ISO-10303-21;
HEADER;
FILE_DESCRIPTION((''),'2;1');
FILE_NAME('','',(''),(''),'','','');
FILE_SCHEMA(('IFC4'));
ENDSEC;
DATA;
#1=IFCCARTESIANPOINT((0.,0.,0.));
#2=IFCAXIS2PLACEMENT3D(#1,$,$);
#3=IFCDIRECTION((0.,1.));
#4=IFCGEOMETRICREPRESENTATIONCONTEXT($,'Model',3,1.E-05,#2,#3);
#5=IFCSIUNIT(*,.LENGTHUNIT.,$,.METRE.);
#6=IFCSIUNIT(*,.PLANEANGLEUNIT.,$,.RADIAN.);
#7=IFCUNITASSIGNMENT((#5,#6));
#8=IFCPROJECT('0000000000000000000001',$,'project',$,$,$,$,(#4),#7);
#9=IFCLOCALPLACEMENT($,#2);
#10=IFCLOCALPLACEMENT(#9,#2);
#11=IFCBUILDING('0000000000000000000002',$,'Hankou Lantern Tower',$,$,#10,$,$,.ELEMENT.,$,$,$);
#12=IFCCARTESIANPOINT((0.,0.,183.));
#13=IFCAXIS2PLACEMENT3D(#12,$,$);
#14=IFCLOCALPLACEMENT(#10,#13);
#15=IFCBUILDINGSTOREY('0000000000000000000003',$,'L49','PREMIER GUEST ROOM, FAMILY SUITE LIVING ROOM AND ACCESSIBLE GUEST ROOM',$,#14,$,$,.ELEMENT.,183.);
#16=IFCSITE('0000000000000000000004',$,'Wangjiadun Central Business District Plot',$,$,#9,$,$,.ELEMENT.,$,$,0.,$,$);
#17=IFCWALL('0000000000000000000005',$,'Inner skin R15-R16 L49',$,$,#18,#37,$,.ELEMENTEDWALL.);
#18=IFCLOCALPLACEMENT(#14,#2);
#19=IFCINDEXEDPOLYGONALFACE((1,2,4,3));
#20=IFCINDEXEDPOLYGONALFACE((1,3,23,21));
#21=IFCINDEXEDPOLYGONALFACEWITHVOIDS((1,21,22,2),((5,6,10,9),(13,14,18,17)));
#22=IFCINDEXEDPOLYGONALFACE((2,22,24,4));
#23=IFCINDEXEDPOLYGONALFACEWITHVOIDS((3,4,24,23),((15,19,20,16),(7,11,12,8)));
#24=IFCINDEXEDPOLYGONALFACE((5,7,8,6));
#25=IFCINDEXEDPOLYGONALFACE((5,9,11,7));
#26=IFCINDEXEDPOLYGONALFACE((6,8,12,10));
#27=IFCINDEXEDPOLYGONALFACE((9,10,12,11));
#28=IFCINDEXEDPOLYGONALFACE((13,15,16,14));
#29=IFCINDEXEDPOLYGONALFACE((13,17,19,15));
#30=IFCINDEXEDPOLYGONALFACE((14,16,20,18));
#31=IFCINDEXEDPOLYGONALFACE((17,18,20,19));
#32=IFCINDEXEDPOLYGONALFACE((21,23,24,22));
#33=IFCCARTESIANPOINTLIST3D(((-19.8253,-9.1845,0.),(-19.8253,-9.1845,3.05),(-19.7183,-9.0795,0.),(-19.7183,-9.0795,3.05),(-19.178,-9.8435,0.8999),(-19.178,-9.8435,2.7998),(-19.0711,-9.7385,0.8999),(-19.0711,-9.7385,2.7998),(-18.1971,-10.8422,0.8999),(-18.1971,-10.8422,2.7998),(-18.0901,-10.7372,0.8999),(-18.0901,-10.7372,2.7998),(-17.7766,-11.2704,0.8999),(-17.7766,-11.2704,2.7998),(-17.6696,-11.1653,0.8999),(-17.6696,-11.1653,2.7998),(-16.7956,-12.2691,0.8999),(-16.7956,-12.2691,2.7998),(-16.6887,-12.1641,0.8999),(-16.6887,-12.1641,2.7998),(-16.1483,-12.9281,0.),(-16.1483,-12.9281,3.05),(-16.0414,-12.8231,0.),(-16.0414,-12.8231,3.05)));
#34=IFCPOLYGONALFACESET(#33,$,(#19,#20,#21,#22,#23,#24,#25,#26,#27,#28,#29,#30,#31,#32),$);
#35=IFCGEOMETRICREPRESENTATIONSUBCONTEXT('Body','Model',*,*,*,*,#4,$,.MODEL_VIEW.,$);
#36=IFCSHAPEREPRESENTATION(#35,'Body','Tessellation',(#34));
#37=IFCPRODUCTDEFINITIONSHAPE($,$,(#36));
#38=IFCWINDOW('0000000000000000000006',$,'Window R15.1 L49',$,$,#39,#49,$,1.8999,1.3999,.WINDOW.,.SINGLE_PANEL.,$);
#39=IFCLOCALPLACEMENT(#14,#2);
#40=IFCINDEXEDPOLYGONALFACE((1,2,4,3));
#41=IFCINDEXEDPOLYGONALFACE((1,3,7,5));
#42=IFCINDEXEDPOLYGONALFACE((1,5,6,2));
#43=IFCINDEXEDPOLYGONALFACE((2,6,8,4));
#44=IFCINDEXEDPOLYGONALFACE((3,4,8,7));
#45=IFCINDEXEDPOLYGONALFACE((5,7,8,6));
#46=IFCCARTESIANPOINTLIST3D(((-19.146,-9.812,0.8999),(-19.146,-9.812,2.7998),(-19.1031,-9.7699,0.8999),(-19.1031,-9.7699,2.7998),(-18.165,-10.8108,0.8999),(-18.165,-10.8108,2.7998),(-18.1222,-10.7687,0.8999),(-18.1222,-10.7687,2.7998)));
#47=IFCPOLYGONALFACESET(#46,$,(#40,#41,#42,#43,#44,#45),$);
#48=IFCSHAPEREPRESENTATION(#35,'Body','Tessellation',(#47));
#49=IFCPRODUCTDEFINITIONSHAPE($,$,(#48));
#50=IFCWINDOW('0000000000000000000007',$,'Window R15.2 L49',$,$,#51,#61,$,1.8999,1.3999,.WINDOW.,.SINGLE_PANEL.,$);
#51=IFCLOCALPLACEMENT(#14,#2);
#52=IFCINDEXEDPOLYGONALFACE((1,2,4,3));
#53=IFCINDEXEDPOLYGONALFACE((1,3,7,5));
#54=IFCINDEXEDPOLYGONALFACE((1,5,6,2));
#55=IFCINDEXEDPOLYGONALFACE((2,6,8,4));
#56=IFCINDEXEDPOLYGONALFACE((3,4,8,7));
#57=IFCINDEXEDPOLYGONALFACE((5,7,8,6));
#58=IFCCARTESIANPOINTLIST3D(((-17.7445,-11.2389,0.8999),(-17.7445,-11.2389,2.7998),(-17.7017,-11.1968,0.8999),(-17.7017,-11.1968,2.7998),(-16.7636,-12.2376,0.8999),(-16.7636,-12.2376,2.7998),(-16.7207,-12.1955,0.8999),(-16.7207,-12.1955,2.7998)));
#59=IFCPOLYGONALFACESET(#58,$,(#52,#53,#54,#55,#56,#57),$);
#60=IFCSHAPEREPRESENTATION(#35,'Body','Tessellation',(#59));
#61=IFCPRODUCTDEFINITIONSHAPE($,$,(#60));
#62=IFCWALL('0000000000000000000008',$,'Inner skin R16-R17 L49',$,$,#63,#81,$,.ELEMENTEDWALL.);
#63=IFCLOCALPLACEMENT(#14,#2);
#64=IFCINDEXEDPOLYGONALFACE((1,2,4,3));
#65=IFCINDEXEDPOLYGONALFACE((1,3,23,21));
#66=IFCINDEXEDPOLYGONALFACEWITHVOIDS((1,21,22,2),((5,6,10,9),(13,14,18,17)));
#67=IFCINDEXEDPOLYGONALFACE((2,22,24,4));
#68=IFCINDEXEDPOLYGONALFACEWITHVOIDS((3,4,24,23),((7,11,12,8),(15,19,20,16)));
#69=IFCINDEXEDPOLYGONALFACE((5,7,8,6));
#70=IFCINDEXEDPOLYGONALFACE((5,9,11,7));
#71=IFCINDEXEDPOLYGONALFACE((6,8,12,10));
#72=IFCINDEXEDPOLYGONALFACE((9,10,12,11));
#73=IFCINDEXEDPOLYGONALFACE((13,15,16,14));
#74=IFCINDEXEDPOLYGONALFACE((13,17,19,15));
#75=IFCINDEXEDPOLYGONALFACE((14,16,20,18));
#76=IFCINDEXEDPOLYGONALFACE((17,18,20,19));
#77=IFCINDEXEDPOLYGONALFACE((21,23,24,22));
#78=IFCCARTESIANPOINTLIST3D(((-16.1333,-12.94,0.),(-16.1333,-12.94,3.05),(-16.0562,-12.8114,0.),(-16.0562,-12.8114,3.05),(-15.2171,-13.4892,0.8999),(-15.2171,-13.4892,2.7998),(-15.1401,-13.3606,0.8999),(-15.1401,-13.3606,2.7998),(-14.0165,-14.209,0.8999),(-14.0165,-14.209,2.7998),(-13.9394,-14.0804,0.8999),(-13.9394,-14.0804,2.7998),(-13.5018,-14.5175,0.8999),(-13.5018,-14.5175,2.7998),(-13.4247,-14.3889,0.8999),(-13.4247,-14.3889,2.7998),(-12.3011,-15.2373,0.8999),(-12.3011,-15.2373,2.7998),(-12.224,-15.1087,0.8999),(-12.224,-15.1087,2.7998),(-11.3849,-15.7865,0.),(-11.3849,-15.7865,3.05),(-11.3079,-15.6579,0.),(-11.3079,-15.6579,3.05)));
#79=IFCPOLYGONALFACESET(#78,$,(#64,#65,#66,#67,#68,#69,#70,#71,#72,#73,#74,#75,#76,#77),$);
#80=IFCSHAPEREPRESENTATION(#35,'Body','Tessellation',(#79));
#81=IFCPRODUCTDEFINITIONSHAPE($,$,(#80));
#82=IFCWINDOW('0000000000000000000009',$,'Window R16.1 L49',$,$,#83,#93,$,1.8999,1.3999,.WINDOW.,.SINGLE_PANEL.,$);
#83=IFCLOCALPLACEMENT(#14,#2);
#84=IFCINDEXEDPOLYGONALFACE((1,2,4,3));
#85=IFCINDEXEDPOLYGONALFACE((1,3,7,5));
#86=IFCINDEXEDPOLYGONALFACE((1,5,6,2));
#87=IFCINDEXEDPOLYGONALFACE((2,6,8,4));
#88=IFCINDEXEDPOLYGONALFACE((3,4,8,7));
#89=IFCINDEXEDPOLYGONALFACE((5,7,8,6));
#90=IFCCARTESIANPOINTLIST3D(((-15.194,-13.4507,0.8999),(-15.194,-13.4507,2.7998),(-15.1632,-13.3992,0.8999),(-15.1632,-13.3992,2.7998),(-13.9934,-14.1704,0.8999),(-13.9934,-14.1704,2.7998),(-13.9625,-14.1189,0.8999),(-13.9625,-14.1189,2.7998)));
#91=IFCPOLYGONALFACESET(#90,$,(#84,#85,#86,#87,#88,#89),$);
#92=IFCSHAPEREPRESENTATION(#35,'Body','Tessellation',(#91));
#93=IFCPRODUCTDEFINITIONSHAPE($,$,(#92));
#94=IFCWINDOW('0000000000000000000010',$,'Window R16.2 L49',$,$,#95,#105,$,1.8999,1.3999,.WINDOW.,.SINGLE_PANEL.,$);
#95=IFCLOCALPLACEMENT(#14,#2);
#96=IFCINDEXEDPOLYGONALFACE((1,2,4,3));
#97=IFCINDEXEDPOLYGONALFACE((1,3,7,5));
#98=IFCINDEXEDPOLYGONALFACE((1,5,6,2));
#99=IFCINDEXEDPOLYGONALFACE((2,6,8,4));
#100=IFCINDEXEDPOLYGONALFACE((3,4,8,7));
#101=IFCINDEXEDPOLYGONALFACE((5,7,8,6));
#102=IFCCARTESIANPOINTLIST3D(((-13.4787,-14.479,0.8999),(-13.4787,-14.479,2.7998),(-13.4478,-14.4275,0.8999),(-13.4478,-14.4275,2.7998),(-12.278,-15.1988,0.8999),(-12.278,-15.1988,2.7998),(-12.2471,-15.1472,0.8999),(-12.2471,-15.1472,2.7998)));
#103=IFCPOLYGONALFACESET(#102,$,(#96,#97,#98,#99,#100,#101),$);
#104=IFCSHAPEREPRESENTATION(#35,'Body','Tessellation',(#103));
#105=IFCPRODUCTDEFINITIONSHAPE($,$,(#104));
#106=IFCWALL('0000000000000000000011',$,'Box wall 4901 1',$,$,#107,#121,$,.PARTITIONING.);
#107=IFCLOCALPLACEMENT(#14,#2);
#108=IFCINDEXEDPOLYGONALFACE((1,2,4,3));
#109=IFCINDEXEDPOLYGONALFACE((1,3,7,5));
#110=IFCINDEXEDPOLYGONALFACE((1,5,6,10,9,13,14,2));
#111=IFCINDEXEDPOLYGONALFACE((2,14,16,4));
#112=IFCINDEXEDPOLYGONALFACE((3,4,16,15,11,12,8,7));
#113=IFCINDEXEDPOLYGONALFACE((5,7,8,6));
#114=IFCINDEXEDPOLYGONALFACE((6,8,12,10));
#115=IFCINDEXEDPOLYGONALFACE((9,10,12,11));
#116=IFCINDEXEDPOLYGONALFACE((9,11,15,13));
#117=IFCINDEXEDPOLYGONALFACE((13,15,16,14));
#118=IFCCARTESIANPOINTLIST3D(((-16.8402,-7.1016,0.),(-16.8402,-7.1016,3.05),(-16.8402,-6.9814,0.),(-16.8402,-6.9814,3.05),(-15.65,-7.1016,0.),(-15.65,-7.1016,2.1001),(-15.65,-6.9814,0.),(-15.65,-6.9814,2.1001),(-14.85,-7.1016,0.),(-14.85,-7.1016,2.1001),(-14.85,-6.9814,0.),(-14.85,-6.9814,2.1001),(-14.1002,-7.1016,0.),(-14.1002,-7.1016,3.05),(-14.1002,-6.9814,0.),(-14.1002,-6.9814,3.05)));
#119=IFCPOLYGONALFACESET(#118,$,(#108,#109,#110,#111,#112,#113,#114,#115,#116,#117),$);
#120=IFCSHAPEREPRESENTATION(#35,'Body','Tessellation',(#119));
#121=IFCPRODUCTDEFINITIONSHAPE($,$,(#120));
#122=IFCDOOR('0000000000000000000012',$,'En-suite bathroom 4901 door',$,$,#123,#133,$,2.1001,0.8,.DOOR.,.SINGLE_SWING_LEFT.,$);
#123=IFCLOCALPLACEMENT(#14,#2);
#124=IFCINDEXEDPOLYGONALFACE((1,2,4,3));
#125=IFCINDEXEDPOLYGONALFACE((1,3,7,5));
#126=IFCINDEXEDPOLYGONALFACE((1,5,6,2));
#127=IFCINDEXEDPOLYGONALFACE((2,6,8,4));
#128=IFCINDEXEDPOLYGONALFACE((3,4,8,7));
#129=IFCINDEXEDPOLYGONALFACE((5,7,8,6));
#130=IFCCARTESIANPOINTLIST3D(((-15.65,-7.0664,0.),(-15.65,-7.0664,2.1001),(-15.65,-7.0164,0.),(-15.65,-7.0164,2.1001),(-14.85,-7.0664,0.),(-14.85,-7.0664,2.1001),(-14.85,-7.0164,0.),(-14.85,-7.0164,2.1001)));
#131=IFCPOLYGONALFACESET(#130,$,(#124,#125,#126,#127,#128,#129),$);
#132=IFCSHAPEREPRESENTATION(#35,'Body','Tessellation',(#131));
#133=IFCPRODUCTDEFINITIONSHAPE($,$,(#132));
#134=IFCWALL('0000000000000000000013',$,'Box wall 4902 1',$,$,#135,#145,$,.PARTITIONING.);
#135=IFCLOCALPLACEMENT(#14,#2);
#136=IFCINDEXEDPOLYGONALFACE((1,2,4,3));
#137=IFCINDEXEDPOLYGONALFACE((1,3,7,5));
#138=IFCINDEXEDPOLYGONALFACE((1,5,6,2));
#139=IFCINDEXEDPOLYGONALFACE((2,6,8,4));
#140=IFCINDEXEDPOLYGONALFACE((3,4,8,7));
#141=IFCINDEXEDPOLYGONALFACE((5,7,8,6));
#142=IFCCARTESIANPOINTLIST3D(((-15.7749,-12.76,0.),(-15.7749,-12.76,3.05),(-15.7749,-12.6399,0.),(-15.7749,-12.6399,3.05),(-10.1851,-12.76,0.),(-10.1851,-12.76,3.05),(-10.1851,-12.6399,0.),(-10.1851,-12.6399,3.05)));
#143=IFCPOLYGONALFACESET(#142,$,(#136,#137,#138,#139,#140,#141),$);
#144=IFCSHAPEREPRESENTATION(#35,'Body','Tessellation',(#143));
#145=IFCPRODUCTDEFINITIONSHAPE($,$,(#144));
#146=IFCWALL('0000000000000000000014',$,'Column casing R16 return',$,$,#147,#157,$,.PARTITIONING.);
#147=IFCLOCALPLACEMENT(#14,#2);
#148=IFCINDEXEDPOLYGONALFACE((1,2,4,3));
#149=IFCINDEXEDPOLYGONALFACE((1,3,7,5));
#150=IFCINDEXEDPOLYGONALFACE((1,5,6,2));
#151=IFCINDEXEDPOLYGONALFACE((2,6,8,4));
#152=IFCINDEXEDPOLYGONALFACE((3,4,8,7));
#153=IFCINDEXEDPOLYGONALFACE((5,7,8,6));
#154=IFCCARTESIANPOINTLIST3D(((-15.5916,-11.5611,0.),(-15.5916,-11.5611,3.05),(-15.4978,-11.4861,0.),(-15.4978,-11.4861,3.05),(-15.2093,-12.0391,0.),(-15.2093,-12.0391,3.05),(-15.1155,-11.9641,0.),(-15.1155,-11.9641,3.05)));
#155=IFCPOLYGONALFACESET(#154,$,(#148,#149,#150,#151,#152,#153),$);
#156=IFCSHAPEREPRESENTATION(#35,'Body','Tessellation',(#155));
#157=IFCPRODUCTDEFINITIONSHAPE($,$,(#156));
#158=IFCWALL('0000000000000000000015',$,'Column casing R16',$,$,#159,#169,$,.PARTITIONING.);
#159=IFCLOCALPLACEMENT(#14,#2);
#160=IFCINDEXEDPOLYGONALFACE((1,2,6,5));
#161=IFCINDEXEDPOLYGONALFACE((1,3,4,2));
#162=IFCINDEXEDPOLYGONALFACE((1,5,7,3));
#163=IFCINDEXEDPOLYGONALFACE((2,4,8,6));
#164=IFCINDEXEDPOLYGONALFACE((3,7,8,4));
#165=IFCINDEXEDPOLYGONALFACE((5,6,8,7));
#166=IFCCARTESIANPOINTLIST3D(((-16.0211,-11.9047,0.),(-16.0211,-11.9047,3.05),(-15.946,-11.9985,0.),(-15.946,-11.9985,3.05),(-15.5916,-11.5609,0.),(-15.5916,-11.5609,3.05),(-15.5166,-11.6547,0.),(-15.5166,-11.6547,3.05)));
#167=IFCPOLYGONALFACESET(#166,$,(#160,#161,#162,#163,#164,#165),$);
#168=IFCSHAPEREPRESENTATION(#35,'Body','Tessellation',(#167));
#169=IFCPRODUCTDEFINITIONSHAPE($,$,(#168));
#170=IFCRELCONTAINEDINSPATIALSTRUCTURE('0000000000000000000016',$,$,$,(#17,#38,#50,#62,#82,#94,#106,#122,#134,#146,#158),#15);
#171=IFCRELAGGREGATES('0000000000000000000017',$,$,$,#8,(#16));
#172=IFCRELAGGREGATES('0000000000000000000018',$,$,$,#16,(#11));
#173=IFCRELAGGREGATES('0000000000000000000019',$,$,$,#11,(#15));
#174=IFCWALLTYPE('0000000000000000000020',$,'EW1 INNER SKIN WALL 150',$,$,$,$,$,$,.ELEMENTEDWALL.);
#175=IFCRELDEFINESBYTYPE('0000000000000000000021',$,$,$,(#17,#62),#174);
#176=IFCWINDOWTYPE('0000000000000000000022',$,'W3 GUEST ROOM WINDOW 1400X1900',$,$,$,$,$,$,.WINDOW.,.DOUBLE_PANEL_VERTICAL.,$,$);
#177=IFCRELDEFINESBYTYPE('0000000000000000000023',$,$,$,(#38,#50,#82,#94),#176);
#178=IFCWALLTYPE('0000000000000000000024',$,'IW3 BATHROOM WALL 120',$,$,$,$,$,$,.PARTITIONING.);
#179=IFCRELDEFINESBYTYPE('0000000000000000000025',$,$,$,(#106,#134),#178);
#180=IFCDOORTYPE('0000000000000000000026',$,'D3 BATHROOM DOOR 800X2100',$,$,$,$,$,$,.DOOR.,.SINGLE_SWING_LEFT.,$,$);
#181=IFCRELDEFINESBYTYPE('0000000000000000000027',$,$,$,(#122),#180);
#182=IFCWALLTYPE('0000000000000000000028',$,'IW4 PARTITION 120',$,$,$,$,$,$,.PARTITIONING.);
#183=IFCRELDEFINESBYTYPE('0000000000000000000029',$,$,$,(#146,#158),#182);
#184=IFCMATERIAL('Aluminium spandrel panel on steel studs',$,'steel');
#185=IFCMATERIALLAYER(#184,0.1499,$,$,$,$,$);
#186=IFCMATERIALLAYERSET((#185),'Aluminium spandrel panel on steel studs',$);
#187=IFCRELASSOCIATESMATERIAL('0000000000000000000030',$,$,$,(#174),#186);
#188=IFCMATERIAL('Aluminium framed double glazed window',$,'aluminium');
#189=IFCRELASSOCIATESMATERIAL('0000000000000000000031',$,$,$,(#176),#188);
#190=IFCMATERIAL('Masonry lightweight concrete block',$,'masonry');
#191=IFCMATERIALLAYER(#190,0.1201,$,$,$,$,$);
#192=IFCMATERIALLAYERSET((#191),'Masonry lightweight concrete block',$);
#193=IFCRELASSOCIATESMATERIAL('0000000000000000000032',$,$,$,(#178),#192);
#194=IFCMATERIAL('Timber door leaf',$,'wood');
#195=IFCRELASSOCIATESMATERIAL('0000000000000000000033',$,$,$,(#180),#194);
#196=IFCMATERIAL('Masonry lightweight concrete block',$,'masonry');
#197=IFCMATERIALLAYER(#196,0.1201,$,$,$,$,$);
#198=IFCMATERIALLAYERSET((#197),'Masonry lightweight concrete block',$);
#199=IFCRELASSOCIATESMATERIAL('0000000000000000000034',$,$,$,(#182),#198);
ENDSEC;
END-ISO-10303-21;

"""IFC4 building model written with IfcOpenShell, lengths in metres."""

from ifc_helpers import new_model, si_unit, direction, frame, frame_2d, origin, place, context, subcontext, project, spatial, rectangle, extrude, material, layer, layer_set, type_object, element, fill, save


model = new_model("IFC4")

# Units and contexts
model_context = context("Model", 3, precision=1e-05, world=origin(), true_north=direction((0.0, 1.0)))
body_context = subcontext(model_context, "Body", "Model", "MODEL_VIEW")
ifc_project = project(units=[si_unit("LENGTHUNIT", "METRE"), si_unit("PLANEANGLEUNIT", "RADIAN")], contexts=[model_context])

# Site, building, storey
site_placement = place(None, origin())
site = spatial("IfcSite", under=ifc_project, at=site_placement, Name="Wangjiadun Central Business District Plot", CompositionType="ELEMENT", RefElevation=0.0)
building_placement = place(site_placement, origin())
building = spatial("IfcBuilding", under=site, at=building_placement, Name="Hankou Lantern Tower", CompositionType="ELEMENT")
storey_placement = place(building_placement, frame((0.0, 0.0, 183.0)))
storey = spatial("IfcBuildingStorey", under=building, at=storey_placement, Name="L49", Description="PREMIER GUEST ROOM, FAMILY SUITE LIVING ROOM AND ACCESSIBLE GUEST ROOM", CompositionType="ELEMENT", Elevation=183.0)

# Walls, openings, windows
ifc_material_1 = material(Name="Aluminium spandrel panel on steel studs", Category="steel")
ifc_layer_1 = layer(ifc_material_1, 0.1499)
ifc_layer_set_1 = layer_set([ifc_layer_1], Name="Aluminium spandrel panel on steel studs")
wall_type_1 = type_object("IfcWallType", Name="EW1 INNER SKIN WALL 150", PredefinedType="ELEMENTEDWALL", material=ifc_layer_set_1)
wall_1_placement = place(storey_placement, frame((-19.7717, -9.1321, 0.0), z_axis=(0.0, 0.0, 1.0), x_axis=(0.700727, -0.713429, 0.0)))
wall_1 = element("IfcWall", 1, at=wall_1_placement, inside=storey, type_object=wall_type_1, Name="Inner skin R15-R16 L49", PredefinedType="ELEMENTEDWALL", context=body_context, shape_type="SweptSolid", body=[
    extrude(rectangle(XDim=5.2473, YDim=0.1499, at=frame_2d((2.6235, 0.0))), origin(), (0.0, 0.0, 1.0), 3.05),
])
opening_1_placement = place(wall_1_placement, frame((0.9236, 0.0, 0.8999)))
opening_1 = element("IfcOpeningElement", 2, at=opening_1_placement, cuts=wall_1, PredefinedType="OPENING", context=body_context, shape_type="SweptSolid", body=[
    extrude(rectangle(XDim=1.3999, YDim=1.8999, at=frame_2d((0.7, 0.95))), frame((0.0, 0.085, 0.0), z_axis=(0.0, -1.0, 0.0), x_axis=(1.0, 0.0, 0.0)), (0.0, 0.0, 1.0), 0.1699),
])
opening_2_placement = place(wall_1_placement, frame((2.9236, 0.0, 0.8999)))
opening_2 = element("IfcOpeningElement", 3, at=opening_2_placement, cuts=wall_1, PredefinedType="OPENING", context=body_context, shape_type="SweptSolid", body=[
    extrude(rectangle(XDim=1.3999, YDim=1.8999, at=frame_2d((0.7, 0.95))), frame((0.0, 0.085, 0.0), z_axis=(0.0, -1.0, 0.0), x_axis=(1.0, 0.0, 0.0)), (0.0, 0.0, 1.0), 0.1699),
])
ifc_material_2 = material(Name="Aluminium framed double glazed window", Category="aluminium")
window_type = type_object("IfcWindowType", Name="W3 GUEST ROOM WINDOW 1400X1900", PartitioningType="DOUBLE_PANEL_VERTICAL", PredefinedType="WINDOW", material=ifc_material_2)
window_1_placement = place(opening_1_placement, origin())
window_1 = element("IfcWindow", 4, at=window_1_placement, inside=storey, type_object=window_type, Name="Window R15.1 L49", OverallHeight=1.8999, OverallWidth=1.3999, PartitioningType="SINGLE_PANEL", PredefinedType="WINDOW", context=body_context, shape_type="SweptSolid", body=[
    extrude(rectangle(XDim=1.3999, YDim=1.8999, at=frame_2d((0.7, 0.95))), frame((0.0, 0.03, 0.0), z_axis=(0.0, -1.0, 0.0), x_axis=(1.0, 0.0, 0.0)), (0.0, 0.0, 1.0), 0.0601),
])
fill(opening_1, window_1)
window_2_placement = place(opening_2_placement, origin())
window_2 = element("IfcWindow", 5, at=window_2_placement, inside=storey, type_object=window_type, Name="Window R15.2 L49", OverallHeight=1.8999, OverallWidth=1.3999, PartitioningType="SINGLE_PANEL", PredefinedType="WINDOW", context=body_context, shape_type="SweptSolid", body=[
    extrude(rectangle(XDim=1.3999, YDim=1.8999, at=frame_2d((0.7, 0.95))), frame((0.0, 0.03, 0.0), z_axis=(0.0, -1.0, 0.0), x_axis=(1.0, 0.0, 0.0)), (0.0, 0.0, 1.0), 0.0601),
])
fill(opening_2, window_2)
wall_2_placement = place(storey_placement, frame((-16.0947, -12.8757, 0.0), z_axis=(0.0, 0.0, 1.0), x_axis=(0.857695, -0.514158, 0.0)))
wall_2 = element("IfcWall", 6, at=wall_2_placement, inside=storey, type_object=wall_type_1, Name="Inner skin R16-R17 L49", PredefinedType="ELEMENTEDWALL", context=body_context, shape_type="SweptSolid", body=[
    extrude(rectangle(XDim=5.5361, YDim=0.1499, at=frame_2d((2.7681, 0.0))), origin(), (0.0, 0.0, 1.0), 3.05),
])
opening_3_placement = place(wall_2_placement, frame((1.0681, 0.0, 0.8999)))
opening_3 = element("IfcOpeningElement", 7, at=opening_3_placement, cuts=wall_2, PredefinedType="OPENING", context=body_context, shape_type="SweptSolid", body=[
    extrude(rectangle(XDim=1.3999, YDim=1.8999, at=frame_2d((0.7, 0.95))), frame((0.0, 0.085, 0.0), z_axis=(0.0, -1.0, 0.0), x_axis=(1.0, 0.0, 0.0)), (0.0, 0.0, 1.0), 0.1699),
])
opening_4_placement = place(wall_2_placement, frame((3.0681, 0.0, 0.8999)))
opening_4 = element("IfcOpeningElement", 8, at=opening_4_placement, cuts=wall_2, PredefinedType="OPENING", context=body_context, shape_type="SweptSolid", body=[
    extrude(rectangle(XDim=1.3999, YDim=1.8999, at=frame_2d((0.7, 0.95))), frame((0.0, 0.085, 0.0), z_axis=(0.0, -1.0, 0.0), x_axis=(1.0, 0.0, 0.0)), (0.0, 0.0, 1.0), 0.1699),
])
window_3_placement = place(opening_3_placement, origin())
window_3 = element("IfcWindow", 9, at=window_3_placement, inside=storey, type_object=window_type, Name="Window R16.1 L49", OverallHeight=1.8999, OverallWidth=1.3999, PartitioningType="SINGLE_PANEL", PredefinedType="WINDOW", context=body_context, shape_type="SweptSolid", body=[
    extrude(rectangle(XDim=1.3999, YDim=1.8999, at=frame_2d((0.7, 0.95))), frame((0.0, 0.03, 0.0), z_axis=(0.0, -1.0, 0.0), x_axis=(1.0, 0.0, 0.0)), (0.0, 0.0, 1.0), 0.0601),
])
fill(opening_3, window_3)
window_4_placement = place(opening_4_placement, origin())
window_4 = element("IfcWindow", 10, at=window_4_placement, inside=storey, type_object=window_type, Name="Window R16.2 L49", OverallHeight=1.8999, OverallWidth=1.3999, PartitioningType="SINGLE_PANEL", PredefinedType="WINDOW", context=body_context, shape_type="SweptSolid", body=[
    extrude(rectangle(XDim=1.3999, YDim=1.8999, at=frame_2d((0.7, 0.95))), frame((0.0, 0.03, 0.0), z_axis=(0.0, -1.0, 0.0), x_axis=(1.0, 0.0, 0.0)), (0.0, 0.0, 1.0), 0.0601),
])
fill(opening_4, window_4)

# Wall, opening, door
ifc_material_3 = material(Name="Masonry lightweight concrete block", Category="masonry")
ifc_layer_2 = layer(ifc_material_3, 0.1201)
ifc_layer_set_2 = layer_set([ifc_layer_2], Name="Masonry lightweight concrete block")
wall_type_2 = type_object("IfcWallType", Name="IW3 BATHROOM WALL 120", PredefinedType="PARTITIONING", material=ifc_layer_set_2)
wall_3_placement = place(storey_placement, frame((-14.1001, -7.0415, 0.0), z_axis=(0.0, 0.0, 1.0), x_axis=(-1.0, 0.0, 0.0)))
wall_3 = element("IfcWall", 11, at=wall_3_placement, inside=storey, type_object=wall_type_2, Name="Box wall 4901 1", PredefinedType="PARTITIONING", context=body_context, shape_type="SweptSolid", body=[
    extrude(rectangle(XDim=2.74, YDim=0.1201, at=frame_2d((1.3701, 0.0))), origin(), (0.0, 0.0, 1.0), 3.05),
])
opening_5_placement = place(wall_3_placement, frame((0.75, 0.0, 0.0)))
opening_5 = element("IfcOpeningElement", 12, at=opening_5_placement, cuts=wall_3, PredefinedType="OPENING", context=body_context, shape_type="SweptSolid", body=[
    extrude(rectangle(XDim=0.8, YDim=2.1001, at=frame_2d((0.3999, 1.05))), frame((0.0, 0.0701, 0.0), z_axis=(0.0, -1.0, 0.0), x_axis=(1.0, 0.0, 0.0)), (0.0, 0.0, 1.0), 0.1401),
])
ifc_material_4 = material(Name="Timber door leaf", Category="wood")
door_type = type_object("IfcDoorType", Name="D3 BATHROOM DOOR 800X2100", OperationType="SINGLE_SWING_LEFT", PredefinedType="DOOR", material=ifc_material_4)
door_placement = place(opening_5_placement, origin())
door = element("IfcDoor", 13, at=door_placement, inside=storey, type_object=door_type, Name="En-suite bathroom 4901 door", OperationType="SINGLE_SWING_LEFT", OverallHeight=2.1001, OverallWidth=0.8, PredefinedType="DOOR", context=body_context, shape_type="SweptSolid", body=[
    extrude(rectangle(XDim=0.8, YDim=2.1001, at=frame_2d((0.3999, 1.05))), frame((0.0, 0.0249, 0.0), z_axis=(0.0, -1.0, 0.0), x_axis=(1.0, 0.0, 0.0)), (0.0, 0.0, 1.0), 0.05),
])
fill(opening_5, door)

# Walls
wall_4_placement = place(storey_placement, frame((-15.7749, -12.7, 0.0), z_axis=(0.0, 0.0, 1.0), x_axis=(1.0, 0.0, 0.0)))
element("IfcWall", 14, at=wall_4_placement, inside=storey, type_object=wall_type_2, Name="Box wall 4902 1", PredefinedType="PARTITIONING", context=body_context, shape_type="SweptSolid", body=[
    extrude(rectangle(XDim=5.5898, YDim=0.1201, at=frame_2d((2.7949, 0.0))), origin(), (0.0, 0.0, 1.0), 3.05),
])
ifc_material_5 = material(Name="Masonry lightweight concrete block", Category="masonry")
ifc_layer_3 = layer(ifc_material_5, 0.1201)
ifc_layer_set_3 = layer_set([ifc_layer_3], Name="Masonry lightweight concrete block")
wall_type_3 = type_object("IfcWallType", Name="IW4 PARTITION 120", PredefinedType="PARTITIONING", material=ifc_layer_set_3)
wall_5_placement = place(storey_placement, frame((-15.1624, -12.0017, 0.0), z_axis=(0.0, 0.0, 1.0), x_axis=(-0.624598, 0.780947, 0.0)))
element("IfcWall", 15, at=wall_5_placement, inside=storey, type_object=wall_type_3, Name="Column casing R16 return", PredefinedType="PARTITIONING", context=body_context, shape_type="SweptSolid", body=[
    extrude(rectangle(XDim=0.6121, YDim=0.1201, at=frame_2d((0.3062, 0.0))), origin(), (0.0, 0.0, 1.0), 3.05),
])
wall_6_placement = place(storey_placement, frame((-15.5542, -11.6079, 0.0), z_axis=(0.0, 0.0, 1.0), x_axis=(-0.780696, -0.624912, 0.0)))
element("IfcWall", 16, at=wall_6_placement, inside=storey, type_object=wall_type_3, Name="Column casing R16", PredefinedType="PARTITIONING", context=body_context, shape_type="SweptSolid", body=[
    extrude(rectangle(XDim=0.55, YDim=0.1201, at=frame_2d((0.2749, 0.0))), origin(), (0.0, 0.0, 1.0), 3.05),
])

save(model, "model.ifc")
